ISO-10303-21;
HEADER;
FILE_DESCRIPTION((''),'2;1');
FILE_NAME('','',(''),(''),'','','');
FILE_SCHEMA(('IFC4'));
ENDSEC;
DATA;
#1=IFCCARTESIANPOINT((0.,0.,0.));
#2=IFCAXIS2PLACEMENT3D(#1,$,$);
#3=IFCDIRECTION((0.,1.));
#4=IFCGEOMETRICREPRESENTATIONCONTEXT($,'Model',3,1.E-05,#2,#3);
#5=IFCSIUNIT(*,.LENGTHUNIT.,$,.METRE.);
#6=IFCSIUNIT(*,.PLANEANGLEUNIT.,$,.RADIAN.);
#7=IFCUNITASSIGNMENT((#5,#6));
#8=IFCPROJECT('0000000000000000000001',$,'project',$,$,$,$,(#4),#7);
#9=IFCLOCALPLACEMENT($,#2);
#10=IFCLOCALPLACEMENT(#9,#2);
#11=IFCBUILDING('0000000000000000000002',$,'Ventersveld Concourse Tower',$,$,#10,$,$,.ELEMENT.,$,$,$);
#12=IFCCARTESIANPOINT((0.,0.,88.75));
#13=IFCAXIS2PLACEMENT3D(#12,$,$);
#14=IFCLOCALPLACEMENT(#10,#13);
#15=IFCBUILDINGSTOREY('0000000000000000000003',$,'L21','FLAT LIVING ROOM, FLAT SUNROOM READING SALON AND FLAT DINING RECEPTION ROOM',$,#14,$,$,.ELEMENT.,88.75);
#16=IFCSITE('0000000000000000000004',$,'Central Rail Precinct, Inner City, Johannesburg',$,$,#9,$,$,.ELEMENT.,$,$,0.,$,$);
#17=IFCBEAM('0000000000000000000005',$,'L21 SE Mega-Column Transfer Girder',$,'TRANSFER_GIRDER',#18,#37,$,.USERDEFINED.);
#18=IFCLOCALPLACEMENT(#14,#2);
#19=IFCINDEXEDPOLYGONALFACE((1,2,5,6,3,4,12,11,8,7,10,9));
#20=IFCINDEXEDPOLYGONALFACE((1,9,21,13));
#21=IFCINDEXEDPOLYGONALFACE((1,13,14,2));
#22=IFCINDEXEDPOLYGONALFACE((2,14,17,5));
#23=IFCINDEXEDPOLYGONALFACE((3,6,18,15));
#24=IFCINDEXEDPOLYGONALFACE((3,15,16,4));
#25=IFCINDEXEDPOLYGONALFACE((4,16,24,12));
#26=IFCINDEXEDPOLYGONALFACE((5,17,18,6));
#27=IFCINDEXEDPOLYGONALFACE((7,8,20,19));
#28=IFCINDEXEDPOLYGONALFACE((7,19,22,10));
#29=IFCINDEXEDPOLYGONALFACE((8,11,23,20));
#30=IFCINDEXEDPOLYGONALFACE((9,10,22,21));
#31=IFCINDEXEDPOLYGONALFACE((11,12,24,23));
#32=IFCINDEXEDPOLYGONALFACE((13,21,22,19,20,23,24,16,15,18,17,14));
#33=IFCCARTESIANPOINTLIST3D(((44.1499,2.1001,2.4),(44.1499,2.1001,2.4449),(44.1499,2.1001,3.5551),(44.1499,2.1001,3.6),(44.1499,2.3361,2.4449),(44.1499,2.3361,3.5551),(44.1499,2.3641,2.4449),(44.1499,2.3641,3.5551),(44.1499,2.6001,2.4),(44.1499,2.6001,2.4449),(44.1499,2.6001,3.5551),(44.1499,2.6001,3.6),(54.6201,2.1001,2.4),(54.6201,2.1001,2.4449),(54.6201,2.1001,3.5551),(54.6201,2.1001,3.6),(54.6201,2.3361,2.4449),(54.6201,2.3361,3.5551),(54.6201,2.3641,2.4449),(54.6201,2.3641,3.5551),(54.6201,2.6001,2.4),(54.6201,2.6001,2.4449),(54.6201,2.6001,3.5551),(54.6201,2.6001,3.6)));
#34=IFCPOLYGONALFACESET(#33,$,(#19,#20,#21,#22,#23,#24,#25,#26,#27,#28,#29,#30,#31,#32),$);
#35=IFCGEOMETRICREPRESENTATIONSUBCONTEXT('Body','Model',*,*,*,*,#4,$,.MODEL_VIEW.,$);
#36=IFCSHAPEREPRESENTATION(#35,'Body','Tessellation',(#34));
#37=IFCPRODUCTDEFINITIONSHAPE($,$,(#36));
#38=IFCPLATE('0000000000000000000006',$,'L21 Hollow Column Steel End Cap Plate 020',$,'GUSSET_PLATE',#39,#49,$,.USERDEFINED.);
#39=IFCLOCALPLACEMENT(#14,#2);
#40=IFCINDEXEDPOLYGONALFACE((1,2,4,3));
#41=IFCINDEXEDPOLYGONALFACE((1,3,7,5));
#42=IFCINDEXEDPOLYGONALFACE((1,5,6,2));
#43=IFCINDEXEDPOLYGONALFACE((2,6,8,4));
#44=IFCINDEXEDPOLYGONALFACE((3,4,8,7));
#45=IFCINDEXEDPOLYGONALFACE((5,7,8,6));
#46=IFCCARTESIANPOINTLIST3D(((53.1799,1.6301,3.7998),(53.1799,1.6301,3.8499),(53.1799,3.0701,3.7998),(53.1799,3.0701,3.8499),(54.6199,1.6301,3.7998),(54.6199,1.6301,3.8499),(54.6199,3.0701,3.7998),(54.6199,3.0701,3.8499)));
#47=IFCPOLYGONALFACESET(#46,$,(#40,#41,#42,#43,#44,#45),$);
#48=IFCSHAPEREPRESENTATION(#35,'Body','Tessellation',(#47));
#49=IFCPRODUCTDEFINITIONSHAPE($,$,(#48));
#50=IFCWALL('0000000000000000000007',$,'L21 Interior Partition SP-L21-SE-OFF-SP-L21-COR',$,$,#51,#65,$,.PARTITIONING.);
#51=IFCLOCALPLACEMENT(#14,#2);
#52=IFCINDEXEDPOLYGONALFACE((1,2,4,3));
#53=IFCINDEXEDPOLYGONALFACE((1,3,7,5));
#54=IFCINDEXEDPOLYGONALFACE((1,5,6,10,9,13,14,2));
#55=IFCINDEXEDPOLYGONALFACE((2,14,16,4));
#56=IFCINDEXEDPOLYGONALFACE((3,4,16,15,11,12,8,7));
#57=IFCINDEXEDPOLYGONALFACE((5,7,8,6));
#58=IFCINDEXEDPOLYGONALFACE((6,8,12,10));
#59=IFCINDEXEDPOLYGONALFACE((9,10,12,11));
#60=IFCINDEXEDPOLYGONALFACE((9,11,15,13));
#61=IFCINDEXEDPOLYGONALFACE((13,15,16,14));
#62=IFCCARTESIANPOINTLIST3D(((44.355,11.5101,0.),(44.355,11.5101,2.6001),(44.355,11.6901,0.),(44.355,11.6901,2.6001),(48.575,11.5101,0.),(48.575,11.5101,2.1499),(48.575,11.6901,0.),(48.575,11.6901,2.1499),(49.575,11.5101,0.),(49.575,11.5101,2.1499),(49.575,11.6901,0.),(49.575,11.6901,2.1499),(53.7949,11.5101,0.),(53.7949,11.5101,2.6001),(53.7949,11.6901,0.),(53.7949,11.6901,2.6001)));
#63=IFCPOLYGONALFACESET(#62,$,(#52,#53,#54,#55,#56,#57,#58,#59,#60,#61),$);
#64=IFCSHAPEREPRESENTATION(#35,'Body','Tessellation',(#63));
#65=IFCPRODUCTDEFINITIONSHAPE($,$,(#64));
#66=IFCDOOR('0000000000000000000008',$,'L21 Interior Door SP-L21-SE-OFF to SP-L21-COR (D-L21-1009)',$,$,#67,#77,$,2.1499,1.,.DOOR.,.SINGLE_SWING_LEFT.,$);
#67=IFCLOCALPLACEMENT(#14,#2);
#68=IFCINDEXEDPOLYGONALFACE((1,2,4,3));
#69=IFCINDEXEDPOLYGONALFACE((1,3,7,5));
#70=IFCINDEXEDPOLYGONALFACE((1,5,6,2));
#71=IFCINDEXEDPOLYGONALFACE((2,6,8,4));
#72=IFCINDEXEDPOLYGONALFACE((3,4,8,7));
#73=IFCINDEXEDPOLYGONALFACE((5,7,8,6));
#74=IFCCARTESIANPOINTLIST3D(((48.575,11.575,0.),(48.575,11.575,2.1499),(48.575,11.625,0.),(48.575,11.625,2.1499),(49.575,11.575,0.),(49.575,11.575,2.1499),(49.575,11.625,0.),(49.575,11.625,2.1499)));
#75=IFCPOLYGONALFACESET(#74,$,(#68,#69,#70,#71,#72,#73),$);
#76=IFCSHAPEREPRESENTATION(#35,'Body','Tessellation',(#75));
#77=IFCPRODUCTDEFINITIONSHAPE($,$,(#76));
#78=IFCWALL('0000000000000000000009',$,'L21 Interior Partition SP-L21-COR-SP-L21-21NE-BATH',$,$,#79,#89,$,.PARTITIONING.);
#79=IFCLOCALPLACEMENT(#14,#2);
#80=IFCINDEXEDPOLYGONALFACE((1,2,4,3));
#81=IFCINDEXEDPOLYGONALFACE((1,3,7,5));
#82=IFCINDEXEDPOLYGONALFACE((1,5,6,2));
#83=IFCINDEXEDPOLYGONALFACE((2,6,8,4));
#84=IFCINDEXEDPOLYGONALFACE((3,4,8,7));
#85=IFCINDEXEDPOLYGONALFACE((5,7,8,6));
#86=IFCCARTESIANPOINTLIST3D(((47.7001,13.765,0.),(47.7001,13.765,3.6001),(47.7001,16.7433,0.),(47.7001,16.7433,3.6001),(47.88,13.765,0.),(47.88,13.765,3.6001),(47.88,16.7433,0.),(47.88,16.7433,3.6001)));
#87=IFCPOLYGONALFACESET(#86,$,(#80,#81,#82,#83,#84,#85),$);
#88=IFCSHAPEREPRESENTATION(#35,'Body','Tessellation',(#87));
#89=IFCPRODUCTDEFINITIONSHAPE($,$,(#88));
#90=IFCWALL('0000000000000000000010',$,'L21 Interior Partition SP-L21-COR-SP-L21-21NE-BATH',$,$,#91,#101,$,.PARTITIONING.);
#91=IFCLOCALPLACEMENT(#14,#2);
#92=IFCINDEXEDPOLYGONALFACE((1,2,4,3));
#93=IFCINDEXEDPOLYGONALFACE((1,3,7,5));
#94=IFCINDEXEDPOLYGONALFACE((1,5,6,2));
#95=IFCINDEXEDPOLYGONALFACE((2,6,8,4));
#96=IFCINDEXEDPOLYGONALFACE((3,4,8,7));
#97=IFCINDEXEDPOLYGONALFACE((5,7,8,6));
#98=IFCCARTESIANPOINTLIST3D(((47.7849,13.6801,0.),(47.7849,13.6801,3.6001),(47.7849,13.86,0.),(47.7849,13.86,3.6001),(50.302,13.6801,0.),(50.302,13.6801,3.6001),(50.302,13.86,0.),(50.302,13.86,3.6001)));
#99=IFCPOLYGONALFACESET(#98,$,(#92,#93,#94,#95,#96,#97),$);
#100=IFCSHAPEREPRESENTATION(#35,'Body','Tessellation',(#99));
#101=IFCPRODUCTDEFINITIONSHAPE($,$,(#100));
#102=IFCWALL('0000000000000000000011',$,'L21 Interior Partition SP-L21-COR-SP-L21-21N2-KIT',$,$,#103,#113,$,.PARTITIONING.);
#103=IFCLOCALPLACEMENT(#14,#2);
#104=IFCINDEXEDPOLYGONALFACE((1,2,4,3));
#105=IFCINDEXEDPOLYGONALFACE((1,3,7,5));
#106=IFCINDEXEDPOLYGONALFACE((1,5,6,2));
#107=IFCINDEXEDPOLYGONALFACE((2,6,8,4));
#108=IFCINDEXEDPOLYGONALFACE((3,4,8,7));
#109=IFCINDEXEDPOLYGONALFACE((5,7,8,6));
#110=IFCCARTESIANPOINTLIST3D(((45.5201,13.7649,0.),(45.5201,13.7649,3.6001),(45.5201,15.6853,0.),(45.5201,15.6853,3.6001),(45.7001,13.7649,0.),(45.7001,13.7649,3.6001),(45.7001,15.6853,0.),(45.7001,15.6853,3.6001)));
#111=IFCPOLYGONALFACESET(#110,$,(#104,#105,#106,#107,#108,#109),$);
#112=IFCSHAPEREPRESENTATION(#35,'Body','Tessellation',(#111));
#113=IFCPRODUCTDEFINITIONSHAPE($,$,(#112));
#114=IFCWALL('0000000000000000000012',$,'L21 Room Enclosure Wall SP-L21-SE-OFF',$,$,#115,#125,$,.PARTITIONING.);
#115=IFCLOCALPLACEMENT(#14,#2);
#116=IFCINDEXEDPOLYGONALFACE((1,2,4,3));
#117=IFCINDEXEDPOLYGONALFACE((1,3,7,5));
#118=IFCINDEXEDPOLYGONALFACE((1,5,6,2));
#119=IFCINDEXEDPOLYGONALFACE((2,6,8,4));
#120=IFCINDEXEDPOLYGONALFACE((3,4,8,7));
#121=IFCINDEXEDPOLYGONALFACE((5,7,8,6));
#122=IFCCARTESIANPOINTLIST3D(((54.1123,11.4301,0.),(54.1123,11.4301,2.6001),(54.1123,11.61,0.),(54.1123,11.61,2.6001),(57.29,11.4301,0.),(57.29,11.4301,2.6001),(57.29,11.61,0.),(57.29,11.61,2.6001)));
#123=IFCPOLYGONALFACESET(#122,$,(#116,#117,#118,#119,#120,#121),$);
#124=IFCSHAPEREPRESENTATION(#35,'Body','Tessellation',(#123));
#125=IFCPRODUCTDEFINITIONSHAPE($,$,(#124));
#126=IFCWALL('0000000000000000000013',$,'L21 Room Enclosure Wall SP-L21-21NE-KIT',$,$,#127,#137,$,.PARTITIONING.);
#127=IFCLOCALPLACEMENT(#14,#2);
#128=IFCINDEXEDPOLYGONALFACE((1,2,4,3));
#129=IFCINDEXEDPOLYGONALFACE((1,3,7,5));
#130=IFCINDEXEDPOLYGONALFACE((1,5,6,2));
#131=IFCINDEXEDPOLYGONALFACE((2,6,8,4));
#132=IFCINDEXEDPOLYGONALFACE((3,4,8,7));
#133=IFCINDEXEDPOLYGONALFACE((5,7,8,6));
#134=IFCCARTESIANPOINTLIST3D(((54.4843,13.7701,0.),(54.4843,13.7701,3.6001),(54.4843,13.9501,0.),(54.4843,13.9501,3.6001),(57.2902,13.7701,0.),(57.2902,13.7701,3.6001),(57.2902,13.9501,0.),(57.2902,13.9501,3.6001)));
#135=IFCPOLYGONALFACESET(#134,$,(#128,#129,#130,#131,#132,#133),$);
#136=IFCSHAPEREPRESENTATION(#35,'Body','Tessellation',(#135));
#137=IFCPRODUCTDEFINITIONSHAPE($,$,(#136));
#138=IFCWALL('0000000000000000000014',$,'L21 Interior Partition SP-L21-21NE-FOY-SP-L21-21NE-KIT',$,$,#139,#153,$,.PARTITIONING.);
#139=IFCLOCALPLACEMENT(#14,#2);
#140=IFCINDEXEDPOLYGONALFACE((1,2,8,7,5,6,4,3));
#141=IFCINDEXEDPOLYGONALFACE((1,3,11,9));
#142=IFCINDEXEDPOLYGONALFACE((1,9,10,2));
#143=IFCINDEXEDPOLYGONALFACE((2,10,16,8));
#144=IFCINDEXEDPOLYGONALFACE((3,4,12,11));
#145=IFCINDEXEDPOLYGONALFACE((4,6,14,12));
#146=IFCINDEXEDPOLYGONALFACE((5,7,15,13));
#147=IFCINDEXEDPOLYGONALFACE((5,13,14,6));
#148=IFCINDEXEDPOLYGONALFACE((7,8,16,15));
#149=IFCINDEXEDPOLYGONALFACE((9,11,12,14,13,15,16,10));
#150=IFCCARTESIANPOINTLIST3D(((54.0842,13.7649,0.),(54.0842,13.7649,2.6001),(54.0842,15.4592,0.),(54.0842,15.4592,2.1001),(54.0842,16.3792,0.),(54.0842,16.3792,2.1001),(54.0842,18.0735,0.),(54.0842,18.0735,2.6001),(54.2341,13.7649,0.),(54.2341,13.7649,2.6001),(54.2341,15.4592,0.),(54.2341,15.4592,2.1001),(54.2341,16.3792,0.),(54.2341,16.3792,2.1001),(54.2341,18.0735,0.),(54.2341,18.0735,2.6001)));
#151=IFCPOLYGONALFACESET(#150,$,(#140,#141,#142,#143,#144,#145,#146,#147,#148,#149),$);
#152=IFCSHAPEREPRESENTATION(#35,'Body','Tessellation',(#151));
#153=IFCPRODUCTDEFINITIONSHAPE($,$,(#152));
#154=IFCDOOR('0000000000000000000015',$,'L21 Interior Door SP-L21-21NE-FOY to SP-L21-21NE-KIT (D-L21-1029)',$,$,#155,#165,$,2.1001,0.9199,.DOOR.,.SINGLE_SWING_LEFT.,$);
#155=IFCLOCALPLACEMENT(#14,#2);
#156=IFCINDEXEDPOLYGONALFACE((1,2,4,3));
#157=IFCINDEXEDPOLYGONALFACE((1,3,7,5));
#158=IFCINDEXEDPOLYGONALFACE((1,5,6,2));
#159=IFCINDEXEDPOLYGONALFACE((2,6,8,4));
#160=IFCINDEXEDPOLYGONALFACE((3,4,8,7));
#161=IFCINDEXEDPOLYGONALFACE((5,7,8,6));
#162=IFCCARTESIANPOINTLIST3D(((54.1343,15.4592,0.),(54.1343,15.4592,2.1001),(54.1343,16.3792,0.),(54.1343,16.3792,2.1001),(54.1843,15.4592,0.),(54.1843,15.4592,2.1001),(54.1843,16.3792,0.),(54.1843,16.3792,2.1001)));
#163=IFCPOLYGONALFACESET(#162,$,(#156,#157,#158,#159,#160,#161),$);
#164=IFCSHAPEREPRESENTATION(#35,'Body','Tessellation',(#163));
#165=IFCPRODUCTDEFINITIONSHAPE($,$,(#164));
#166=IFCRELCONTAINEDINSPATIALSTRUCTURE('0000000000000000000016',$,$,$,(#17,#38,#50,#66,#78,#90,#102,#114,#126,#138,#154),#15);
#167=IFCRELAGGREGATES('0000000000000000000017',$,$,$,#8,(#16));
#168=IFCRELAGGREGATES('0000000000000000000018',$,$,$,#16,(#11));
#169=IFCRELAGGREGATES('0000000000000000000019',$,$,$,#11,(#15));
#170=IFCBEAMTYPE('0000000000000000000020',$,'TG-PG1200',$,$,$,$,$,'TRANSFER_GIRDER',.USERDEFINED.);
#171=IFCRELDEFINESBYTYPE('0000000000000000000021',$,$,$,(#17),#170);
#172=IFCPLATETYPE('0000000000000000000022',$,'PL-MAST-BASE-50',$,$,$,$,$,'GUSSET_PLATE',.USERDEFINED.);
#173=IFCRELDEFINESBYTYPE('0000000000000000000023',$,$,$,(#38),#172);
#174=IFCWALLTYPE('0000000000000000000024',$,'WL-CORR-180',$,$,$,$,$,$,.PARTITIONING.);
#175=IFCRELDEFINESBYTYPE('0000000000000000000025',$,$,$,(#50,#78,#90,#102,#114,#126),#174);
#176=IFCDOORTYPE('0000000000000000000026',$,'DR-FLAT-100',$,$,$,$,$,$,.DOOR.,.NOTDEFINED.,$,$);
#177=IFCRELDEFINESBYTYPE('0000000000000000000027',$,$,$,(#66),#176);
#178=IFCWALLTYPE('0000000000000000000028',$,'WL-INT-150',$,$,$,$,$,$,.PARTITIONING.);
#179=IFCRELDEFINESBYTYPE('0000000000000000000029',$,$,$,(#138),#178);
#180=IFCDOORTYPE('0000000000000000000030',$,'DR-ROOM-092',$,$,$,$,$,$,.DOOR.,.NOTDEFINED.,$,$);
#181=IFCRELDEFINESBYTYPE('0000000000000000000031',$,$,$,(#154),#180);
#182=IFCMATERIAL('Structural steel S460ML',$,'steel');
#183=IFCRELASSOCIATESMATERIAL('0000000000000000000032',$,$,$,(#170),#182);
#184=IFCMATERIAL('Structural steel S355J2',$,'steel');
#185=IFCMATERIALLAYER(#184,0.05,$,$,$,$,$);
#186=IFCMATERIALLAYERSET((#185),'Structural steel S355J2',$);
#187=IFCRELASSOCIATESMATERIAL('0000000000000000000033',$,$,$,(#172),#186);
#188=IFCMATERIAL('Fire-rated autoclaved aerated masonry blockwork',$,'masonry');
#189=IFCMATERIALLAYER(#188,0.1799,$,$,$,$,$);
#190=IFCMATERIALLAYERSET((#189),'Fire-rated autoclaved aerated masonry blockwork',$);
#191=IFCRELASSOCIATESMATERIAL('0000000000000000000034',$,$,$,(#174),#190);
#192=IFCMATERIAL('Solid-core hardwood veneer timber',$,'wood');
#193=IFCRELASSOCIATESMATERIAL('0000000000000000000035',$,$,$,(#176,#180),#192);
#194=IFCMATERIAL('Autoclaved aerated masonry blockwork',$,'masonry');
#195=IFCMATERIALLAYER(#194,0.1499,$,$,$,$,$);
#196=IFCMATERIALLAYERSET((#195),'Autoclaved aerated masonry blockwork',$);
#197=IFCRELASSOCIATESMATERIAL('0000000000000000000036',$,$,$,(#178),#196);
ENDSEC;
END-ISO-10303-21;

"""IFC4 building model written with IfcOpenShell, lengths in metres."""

from ifc_helpers import new_model, si_unit, direction, frame, frame_2d, origin, origin_2d, place, context, subcontext, project, spatial, rectangle, i_section, extrude, material, layer, layer_set, material_profile, profile_set, type_object, element, fill, save


model = new_model("IFC4")

# Units and contexts
model_context = context("Model", 3, precision=1e-05, world=origin(), true_north=direction((0.0, 1.0)))
body_context = subcontext(model_context, "Body", "Model", "MODEL_VIEW")
ifc_project = project(units=[si_unit("LENGTHUNIT", "METRE"), si_unit("PLANEANGLEUNIT", "RADIAN")], contexts=[model_context])

# Site, building, storey
site_placement = place(None, origin())
site = spatial("IfcSite", under=ifc_project, at=site_placement, Name="Central Rail Precinct, Inner City, Johannesburg", CompositionType="ELEMENT", RefElevation=0.0)
building_placement = place(site_placement, origin())
building = spatial("IfcBuilding", under=site, at=building_placement, Name="Ventersveld Concourse Tower", CompositionType="ELEMENT")
storey_placement = place(building_placement, frame((0.0, 0.0, 88.75)))
storey = spatial("IfcBuildingStorey", under=building, at=storey_placement, Name="L21", Description="FLAT LIVING ROOM, FLAT SUNROOM READING SALON AND FLAT DINING RECEPTION ROOM", CompositionType="ELEMENT", Elevation=88.75)

# Shared definitions
ifc_material_1 = material(Name="Structural steel S460ML", Category="steel")

# Shared definitions
ifc_material_2 = material(Name="Structural steel S355J2", Category="steel")

# Beam
ifc_material_profile_1 = material_profile(ifc_material_1, i_section(OverallWidth=0.5, OverallDepth=1.2, WebThickness=0.0281, FlangeThickness=0.0449, at=origin_2d()), Name="PG 1200x500x45")
ifc_profile_set_1 = profile_set([ifc_material_profile_1], Name="Structural steel S460ML")
beam_type_1 = type_object("IfcBeamType", Name="TG-PG1200", ElementType="TRANSFER_GIRDER", PredefinedType="USERDEFINED", material=ifc_profile_set_1)
beam_1_placement = place(storey_placement, frame((44.1499, 2.3501, 3.0), z_axis=(1.0, 0.0, 0.0), x_axis=(0.0, 1.0, 0.0)))
element("IfcBeam", 1, at=beam_1_placement, inside=storey, type_object=beam_type_1, Name="L21 SE Mega-Column Transfer Girder", ObjectType="TRANSFER_GIRDER", PredefinedType="USERDEFINED", context=body_context, shape_type="SweptSolid", body=[
    extrude(i_section(OverallWidth=0.5, OverallDepth=1.2, WebThickness=0.0281, FlangeThickness=0.0449, at=origin_2d()), origin(), (0.0, 0.0, 1.0), 10.4702),
])

# Plate
ifc_layer_1 = layer(ifc_material_2, 0.05)
ifc_layer_set_1 = layer_set([ifc_layer_1], Name="Structural steel S355J2")
plate_type = type_object("IfcPlateType", Name="PL-MAST-BASE-50", ElementType="GUSSET_PLATE", PredefinedType="USERDEFINED", material=ifc_layer_set_1)
plate_placement = place(storey_placement, frame((53.8999, 2.3501, 3.7998), z_axis=(0.0, 0.0, 1.0), x_axis=(1.0, 0.0, 0.0)))
element("IfcPlate", 2, at=plate_placement, inside=storey, type_object=plate_type, Name="L21 Hollow Column Steel End Cap Plate 020", ObjectType="GUSSET_PLATE", PredefinedType="USERDEFINED", context=body_context, shape_type="SweptSolid", body=[
    extrude(rectangle(XDim=1.4399, YDim=1.4399, at=origin_2d()), origin(), (0.0, 0.0, 1.0), 0.05),
])

# Wall, opening, door
ifc_material_3 = material(Name="Fire-rated autoclaved aerated masonry blockwork", Category="masonry")
ifc_layer_2 = layer(ifc_material_3, 0.1799)
ifc_layer_set_2 = layer_set([ifc_layer_2], Name="Fire-rated autoclaved aerated masonry blockwork")
wall_type_1 = type_object("IfcWallType", Name="WL-CORR-180", PredefinedType="PARTITIONING", material=ifc_layer_set_2)
wall_1_placement = place(storey_placement, frame((44.355, 11.6001, 0.0), z_axis=(0.0, 0.0, 1.0), x_axis=(1.0, 0.0, 0.0)))
wall_1 = element("IfcWall", 3, at=wall_1_placement, inside=storey, type_object=wall_type_1, Name="L21 Interior Partition SP-L21-SE-OFF-SP-L21-COR", PredefinedType="PARTITIONING", context=body_context, shape_type="SweptSolid", body=[
    extrude(rectangle(XDim=9.4399, YDim=0.1799, at=frame_2d((4.72, 0.0))), origin(), (0.0, 0.0, 1.0), 2.6001),
])
opening_1_placement = place(wall_1_placement, frame((4.22, 0.0, 0.0)))
opening_1 = element("IfcOpeningElement", 4, at=opening_1_placement, cuts=wall_1, PredefinedType="OPENING", context=body_context, shape_type="SweptSolid", body=[
    extrude(rectangle(XDim=1.0, YDim=2.1499, at=frame_2d((0.5, 1.075))), frame((0.0, 0.1001, 0.0), z_axis=(0.0, -1.0, 0.0), x_axis=(1.0, 0.0, 0.0)), (0.0, 0.0, 1.0), 0.2),
])
ifc_material_4 = material(Name="Solid-core hardwood veneer timber", Category="wood")
door_type_1 = type_object("IfcDoorType", Name="DR-FLAT-100", OperationType="NOTDEFINED", PredefinedType="DOOR", material=ifc_material_4)
door_1_placement = place(opening_1_placement, origin())
door_1 = element("IfcDoor", 5, at=door_1_placement, inside=storey, type_object=door_type_1, Name="L21 Interior Door SP-L21-SE-OFF to SP-L21-COR (D-L21-1009)", OperationType="SINGLE_SWING_LEFT", OverallHeight=2.1499, OverallWidth=1.0, PredefinedType="DOOR", context=body_context, shape_type="SweptSolid", body=[
    extrude(rectangle(XDim=1.0, YDim=2.1499, at=frame_2d((0.5, 1.075))), frame((0.0, 0.0249, 0.0), z_axis=(0.0, -1.0, 0.0), x_axis=(1.0, 0.0, 0.0)), (0.0, 0.0, 1.0), 0.05),
])
fill(opening_1, door_1)

# Walls
wall_2_placement = place(storey_placement, frame((47.79, 13.7649, 0.0), z_axis=(0.0, 0.0, 1.0), x_axis=(0.0, 1.0, 0.0)))
element("IfcWall", 6, at=wall_2_placement, inside=storey, type_object=wall_type_1, Name="L21 Interior Partition SP-L21-COR-SP-L21-21NE-BATH", PredefinedType="PARTITIONING", context=body_context, shape_type="SweptSolid", body=[
    extrude(rectangle(XDim=2.9783, YDim=0.1799, at=frame_2d((1.4893, 0.0))), origin(), (0.0, 0.0, 1.0), 3.6001),
])
wall_3_placement = place(storey_placement, frame((47.7849, 13.77, 0.0), z_axis=(0.0, 0.0, 1.0), x_axis=(1.0, 0.0, 0.0)))
element("IfcWall", 7, at=wall_3_placement, inside=storey, type_object=wall_type_1, Name="L21 Interior Partition SP-L21-COR-SP-L21-21NE-BATH", PredefinedType="PARTITIONING", context=body_context, shape_type="SweptSolid", body=[
    extrude(rectangle(XDim=2.5171, YDim=0.1799, at=frame_2d((1.2585, 0.0))), origin(), (0.0, 0.0, 1.0), 3.6001),
])
wall_4_placement = place(storey_placement, frame((45.6101, 13.7649, 0.0), z_axis=(0.0, 0.0, 1.0), x_axis=(0.0, 1.0, 0.0)))
element("IfcWall", 8, at=wall_4_placement, inside=storey, type_object=wall_type_1, Name="L21 Interior Partition SP-L21-COR-SP-L21-21N2-KIT", PredefinedType="PARTITIONING", context=body_context, shape_type="SweptSolid", body=[
    extrude(rectangle(XDim=1.9204, YDim=0.1799, at=frame_2d((0.9602, 0.0))), origin(), (0.0, 0.0, 1.0), 3.6001),
])
wall_5_placement = place(storey_placement, frame((54.1123, 11.52, 0.0), z_axis=(0.0, 0.0, 1.0), x_axis=(1.0, 0.0, 0.0)))
element("IfcWall", 9, at=wall_5_placement, inside=storey, type_object=wall_type_1, Name="L21 Room Enclosure Wall SP-L21-SE-OFF", PredefinedType="PARTITIONING", context=body_context, shape_type="SweptSolid", body=[
    extrude(rectangle(XDim=3.1777, YDim=0.1799, at=frame_2d((1.5889, 0.0))), origin(), (0.0, 0.0, 1.0), 2.6001),
])
wall_6_placement = place(storey_placement, frame((57.29, 13.8601, 0.0), z_axis=(0.0, 0.0, 1.0), x_axis=(-1.0, 0.0, 0.0)))
element("IfcWall", 10, at=wall_6_placement, inside=storey, type_object=wall_type_1, Name="L21 Room Enclosure Wall SP-L21-21NE-KIT", PredefinedType="PARTITIONING", context=body_context, shape_type="SweptSolid", body=[
    extrude(rectangle(XDim=2.8059, YDim=0.1799, at=frame_2d((1.4028, 0.0))), origin(), (0.0, 0.0, 1.0), 3.6001),
])

# Wall, opening, door
ifc_material_5 = material(Name="Autoclaved aerated masonry blockwork", Category="masonry")
ifc_layer_3 = layer(ifc_material_5, 0.1499)
ifc_layer_set_3 = layer_set([ifc_layer_3], Name="Autoclaved aerated masonry blockwork")
wall_type_2 = type_object("IfcWallType", Name="WL-INT-150", PredefinedType="PARTITIONING", material=ifc_layer_set_3)
wall_7_placement = place(storey_placement, frame((54.1592, 13.7649, 0.0), z_axis=(0.0, 0.0, 1.0), x_axis=(0.0, 1.0, 0.0)))
wall_7 = element("IfcWall", 11, at=wall_7_placement, inside=storey, type_object=wall_type_2, Name="L21 Interior Partition SP-L21-21NE-FOY-SP-L21-21NE-KIT", PredefinedType="PARTITIONING", context=body_context, shape_type="SweptSolid", body=[
    extrude(rectangle(XDim=4.3086, YDim=0.1499, at=frame_2d((2.1543, 0.0))), origin(), (0.0, 0.0, 1.0), 2.6001),
])
opening_2_placement = place(wall_7_placement, frame((1.6943, 0.0, 0.0)))
opening_2 = element("IfcOpeningElement", 12, at=opening_2_placement, cuts=wall_7, PredefinedType="OPENING", context=body_context, shape_type="SweptSolid", body=[
    extrude(rectangle(XDim=0.9199, YDim=2.1001, at=frame_2d((0.46, 1.05))), frame((0.0, 0.085, 0.0), z_axis=(0.0, -1.0, 0.0), x_axis=(1.0, 0.0, 0.0)), (0.0, 0.0, 1.0), 0.1699),
])
door_type_2 = type_object("IfcDoorType", Name="DR-ROOM-092", OperationType="NOTDEFINED", PredefinedType="DOOR", material=ifc_material_4)
door_2_placement = place(opening_2_placement, origin())
door_2 = element("IfcDoor", 13, at=door_2_placement, inside=storey, type_object=door_type_2, Name="L21 Interior Door SP-L21-21NE-FOY to SP-L21-21NE-KIT (D-L21-1029)", OperationType="SINGLE_SWING_LEFT", OverallHeight=2.1001, OverallWidth=0.9199, PredefinedType="DOOR", context=body_context, shape_type="SweptSolid", body=[
    extrude(rectangle(XDim=0.9199, YDim=2.1001, at=frame_2d((0.46, 1.05))), frame((0.0, 0.0249, 0.0), z_axis=(0.0, -1.0, 0.0), x_axis=(1.0, 0.0, 0.0)), (0.0, 0.0, 1.0), 0.05),
])
fill(opening_2, door_2)

save(model, "model.ifc")
